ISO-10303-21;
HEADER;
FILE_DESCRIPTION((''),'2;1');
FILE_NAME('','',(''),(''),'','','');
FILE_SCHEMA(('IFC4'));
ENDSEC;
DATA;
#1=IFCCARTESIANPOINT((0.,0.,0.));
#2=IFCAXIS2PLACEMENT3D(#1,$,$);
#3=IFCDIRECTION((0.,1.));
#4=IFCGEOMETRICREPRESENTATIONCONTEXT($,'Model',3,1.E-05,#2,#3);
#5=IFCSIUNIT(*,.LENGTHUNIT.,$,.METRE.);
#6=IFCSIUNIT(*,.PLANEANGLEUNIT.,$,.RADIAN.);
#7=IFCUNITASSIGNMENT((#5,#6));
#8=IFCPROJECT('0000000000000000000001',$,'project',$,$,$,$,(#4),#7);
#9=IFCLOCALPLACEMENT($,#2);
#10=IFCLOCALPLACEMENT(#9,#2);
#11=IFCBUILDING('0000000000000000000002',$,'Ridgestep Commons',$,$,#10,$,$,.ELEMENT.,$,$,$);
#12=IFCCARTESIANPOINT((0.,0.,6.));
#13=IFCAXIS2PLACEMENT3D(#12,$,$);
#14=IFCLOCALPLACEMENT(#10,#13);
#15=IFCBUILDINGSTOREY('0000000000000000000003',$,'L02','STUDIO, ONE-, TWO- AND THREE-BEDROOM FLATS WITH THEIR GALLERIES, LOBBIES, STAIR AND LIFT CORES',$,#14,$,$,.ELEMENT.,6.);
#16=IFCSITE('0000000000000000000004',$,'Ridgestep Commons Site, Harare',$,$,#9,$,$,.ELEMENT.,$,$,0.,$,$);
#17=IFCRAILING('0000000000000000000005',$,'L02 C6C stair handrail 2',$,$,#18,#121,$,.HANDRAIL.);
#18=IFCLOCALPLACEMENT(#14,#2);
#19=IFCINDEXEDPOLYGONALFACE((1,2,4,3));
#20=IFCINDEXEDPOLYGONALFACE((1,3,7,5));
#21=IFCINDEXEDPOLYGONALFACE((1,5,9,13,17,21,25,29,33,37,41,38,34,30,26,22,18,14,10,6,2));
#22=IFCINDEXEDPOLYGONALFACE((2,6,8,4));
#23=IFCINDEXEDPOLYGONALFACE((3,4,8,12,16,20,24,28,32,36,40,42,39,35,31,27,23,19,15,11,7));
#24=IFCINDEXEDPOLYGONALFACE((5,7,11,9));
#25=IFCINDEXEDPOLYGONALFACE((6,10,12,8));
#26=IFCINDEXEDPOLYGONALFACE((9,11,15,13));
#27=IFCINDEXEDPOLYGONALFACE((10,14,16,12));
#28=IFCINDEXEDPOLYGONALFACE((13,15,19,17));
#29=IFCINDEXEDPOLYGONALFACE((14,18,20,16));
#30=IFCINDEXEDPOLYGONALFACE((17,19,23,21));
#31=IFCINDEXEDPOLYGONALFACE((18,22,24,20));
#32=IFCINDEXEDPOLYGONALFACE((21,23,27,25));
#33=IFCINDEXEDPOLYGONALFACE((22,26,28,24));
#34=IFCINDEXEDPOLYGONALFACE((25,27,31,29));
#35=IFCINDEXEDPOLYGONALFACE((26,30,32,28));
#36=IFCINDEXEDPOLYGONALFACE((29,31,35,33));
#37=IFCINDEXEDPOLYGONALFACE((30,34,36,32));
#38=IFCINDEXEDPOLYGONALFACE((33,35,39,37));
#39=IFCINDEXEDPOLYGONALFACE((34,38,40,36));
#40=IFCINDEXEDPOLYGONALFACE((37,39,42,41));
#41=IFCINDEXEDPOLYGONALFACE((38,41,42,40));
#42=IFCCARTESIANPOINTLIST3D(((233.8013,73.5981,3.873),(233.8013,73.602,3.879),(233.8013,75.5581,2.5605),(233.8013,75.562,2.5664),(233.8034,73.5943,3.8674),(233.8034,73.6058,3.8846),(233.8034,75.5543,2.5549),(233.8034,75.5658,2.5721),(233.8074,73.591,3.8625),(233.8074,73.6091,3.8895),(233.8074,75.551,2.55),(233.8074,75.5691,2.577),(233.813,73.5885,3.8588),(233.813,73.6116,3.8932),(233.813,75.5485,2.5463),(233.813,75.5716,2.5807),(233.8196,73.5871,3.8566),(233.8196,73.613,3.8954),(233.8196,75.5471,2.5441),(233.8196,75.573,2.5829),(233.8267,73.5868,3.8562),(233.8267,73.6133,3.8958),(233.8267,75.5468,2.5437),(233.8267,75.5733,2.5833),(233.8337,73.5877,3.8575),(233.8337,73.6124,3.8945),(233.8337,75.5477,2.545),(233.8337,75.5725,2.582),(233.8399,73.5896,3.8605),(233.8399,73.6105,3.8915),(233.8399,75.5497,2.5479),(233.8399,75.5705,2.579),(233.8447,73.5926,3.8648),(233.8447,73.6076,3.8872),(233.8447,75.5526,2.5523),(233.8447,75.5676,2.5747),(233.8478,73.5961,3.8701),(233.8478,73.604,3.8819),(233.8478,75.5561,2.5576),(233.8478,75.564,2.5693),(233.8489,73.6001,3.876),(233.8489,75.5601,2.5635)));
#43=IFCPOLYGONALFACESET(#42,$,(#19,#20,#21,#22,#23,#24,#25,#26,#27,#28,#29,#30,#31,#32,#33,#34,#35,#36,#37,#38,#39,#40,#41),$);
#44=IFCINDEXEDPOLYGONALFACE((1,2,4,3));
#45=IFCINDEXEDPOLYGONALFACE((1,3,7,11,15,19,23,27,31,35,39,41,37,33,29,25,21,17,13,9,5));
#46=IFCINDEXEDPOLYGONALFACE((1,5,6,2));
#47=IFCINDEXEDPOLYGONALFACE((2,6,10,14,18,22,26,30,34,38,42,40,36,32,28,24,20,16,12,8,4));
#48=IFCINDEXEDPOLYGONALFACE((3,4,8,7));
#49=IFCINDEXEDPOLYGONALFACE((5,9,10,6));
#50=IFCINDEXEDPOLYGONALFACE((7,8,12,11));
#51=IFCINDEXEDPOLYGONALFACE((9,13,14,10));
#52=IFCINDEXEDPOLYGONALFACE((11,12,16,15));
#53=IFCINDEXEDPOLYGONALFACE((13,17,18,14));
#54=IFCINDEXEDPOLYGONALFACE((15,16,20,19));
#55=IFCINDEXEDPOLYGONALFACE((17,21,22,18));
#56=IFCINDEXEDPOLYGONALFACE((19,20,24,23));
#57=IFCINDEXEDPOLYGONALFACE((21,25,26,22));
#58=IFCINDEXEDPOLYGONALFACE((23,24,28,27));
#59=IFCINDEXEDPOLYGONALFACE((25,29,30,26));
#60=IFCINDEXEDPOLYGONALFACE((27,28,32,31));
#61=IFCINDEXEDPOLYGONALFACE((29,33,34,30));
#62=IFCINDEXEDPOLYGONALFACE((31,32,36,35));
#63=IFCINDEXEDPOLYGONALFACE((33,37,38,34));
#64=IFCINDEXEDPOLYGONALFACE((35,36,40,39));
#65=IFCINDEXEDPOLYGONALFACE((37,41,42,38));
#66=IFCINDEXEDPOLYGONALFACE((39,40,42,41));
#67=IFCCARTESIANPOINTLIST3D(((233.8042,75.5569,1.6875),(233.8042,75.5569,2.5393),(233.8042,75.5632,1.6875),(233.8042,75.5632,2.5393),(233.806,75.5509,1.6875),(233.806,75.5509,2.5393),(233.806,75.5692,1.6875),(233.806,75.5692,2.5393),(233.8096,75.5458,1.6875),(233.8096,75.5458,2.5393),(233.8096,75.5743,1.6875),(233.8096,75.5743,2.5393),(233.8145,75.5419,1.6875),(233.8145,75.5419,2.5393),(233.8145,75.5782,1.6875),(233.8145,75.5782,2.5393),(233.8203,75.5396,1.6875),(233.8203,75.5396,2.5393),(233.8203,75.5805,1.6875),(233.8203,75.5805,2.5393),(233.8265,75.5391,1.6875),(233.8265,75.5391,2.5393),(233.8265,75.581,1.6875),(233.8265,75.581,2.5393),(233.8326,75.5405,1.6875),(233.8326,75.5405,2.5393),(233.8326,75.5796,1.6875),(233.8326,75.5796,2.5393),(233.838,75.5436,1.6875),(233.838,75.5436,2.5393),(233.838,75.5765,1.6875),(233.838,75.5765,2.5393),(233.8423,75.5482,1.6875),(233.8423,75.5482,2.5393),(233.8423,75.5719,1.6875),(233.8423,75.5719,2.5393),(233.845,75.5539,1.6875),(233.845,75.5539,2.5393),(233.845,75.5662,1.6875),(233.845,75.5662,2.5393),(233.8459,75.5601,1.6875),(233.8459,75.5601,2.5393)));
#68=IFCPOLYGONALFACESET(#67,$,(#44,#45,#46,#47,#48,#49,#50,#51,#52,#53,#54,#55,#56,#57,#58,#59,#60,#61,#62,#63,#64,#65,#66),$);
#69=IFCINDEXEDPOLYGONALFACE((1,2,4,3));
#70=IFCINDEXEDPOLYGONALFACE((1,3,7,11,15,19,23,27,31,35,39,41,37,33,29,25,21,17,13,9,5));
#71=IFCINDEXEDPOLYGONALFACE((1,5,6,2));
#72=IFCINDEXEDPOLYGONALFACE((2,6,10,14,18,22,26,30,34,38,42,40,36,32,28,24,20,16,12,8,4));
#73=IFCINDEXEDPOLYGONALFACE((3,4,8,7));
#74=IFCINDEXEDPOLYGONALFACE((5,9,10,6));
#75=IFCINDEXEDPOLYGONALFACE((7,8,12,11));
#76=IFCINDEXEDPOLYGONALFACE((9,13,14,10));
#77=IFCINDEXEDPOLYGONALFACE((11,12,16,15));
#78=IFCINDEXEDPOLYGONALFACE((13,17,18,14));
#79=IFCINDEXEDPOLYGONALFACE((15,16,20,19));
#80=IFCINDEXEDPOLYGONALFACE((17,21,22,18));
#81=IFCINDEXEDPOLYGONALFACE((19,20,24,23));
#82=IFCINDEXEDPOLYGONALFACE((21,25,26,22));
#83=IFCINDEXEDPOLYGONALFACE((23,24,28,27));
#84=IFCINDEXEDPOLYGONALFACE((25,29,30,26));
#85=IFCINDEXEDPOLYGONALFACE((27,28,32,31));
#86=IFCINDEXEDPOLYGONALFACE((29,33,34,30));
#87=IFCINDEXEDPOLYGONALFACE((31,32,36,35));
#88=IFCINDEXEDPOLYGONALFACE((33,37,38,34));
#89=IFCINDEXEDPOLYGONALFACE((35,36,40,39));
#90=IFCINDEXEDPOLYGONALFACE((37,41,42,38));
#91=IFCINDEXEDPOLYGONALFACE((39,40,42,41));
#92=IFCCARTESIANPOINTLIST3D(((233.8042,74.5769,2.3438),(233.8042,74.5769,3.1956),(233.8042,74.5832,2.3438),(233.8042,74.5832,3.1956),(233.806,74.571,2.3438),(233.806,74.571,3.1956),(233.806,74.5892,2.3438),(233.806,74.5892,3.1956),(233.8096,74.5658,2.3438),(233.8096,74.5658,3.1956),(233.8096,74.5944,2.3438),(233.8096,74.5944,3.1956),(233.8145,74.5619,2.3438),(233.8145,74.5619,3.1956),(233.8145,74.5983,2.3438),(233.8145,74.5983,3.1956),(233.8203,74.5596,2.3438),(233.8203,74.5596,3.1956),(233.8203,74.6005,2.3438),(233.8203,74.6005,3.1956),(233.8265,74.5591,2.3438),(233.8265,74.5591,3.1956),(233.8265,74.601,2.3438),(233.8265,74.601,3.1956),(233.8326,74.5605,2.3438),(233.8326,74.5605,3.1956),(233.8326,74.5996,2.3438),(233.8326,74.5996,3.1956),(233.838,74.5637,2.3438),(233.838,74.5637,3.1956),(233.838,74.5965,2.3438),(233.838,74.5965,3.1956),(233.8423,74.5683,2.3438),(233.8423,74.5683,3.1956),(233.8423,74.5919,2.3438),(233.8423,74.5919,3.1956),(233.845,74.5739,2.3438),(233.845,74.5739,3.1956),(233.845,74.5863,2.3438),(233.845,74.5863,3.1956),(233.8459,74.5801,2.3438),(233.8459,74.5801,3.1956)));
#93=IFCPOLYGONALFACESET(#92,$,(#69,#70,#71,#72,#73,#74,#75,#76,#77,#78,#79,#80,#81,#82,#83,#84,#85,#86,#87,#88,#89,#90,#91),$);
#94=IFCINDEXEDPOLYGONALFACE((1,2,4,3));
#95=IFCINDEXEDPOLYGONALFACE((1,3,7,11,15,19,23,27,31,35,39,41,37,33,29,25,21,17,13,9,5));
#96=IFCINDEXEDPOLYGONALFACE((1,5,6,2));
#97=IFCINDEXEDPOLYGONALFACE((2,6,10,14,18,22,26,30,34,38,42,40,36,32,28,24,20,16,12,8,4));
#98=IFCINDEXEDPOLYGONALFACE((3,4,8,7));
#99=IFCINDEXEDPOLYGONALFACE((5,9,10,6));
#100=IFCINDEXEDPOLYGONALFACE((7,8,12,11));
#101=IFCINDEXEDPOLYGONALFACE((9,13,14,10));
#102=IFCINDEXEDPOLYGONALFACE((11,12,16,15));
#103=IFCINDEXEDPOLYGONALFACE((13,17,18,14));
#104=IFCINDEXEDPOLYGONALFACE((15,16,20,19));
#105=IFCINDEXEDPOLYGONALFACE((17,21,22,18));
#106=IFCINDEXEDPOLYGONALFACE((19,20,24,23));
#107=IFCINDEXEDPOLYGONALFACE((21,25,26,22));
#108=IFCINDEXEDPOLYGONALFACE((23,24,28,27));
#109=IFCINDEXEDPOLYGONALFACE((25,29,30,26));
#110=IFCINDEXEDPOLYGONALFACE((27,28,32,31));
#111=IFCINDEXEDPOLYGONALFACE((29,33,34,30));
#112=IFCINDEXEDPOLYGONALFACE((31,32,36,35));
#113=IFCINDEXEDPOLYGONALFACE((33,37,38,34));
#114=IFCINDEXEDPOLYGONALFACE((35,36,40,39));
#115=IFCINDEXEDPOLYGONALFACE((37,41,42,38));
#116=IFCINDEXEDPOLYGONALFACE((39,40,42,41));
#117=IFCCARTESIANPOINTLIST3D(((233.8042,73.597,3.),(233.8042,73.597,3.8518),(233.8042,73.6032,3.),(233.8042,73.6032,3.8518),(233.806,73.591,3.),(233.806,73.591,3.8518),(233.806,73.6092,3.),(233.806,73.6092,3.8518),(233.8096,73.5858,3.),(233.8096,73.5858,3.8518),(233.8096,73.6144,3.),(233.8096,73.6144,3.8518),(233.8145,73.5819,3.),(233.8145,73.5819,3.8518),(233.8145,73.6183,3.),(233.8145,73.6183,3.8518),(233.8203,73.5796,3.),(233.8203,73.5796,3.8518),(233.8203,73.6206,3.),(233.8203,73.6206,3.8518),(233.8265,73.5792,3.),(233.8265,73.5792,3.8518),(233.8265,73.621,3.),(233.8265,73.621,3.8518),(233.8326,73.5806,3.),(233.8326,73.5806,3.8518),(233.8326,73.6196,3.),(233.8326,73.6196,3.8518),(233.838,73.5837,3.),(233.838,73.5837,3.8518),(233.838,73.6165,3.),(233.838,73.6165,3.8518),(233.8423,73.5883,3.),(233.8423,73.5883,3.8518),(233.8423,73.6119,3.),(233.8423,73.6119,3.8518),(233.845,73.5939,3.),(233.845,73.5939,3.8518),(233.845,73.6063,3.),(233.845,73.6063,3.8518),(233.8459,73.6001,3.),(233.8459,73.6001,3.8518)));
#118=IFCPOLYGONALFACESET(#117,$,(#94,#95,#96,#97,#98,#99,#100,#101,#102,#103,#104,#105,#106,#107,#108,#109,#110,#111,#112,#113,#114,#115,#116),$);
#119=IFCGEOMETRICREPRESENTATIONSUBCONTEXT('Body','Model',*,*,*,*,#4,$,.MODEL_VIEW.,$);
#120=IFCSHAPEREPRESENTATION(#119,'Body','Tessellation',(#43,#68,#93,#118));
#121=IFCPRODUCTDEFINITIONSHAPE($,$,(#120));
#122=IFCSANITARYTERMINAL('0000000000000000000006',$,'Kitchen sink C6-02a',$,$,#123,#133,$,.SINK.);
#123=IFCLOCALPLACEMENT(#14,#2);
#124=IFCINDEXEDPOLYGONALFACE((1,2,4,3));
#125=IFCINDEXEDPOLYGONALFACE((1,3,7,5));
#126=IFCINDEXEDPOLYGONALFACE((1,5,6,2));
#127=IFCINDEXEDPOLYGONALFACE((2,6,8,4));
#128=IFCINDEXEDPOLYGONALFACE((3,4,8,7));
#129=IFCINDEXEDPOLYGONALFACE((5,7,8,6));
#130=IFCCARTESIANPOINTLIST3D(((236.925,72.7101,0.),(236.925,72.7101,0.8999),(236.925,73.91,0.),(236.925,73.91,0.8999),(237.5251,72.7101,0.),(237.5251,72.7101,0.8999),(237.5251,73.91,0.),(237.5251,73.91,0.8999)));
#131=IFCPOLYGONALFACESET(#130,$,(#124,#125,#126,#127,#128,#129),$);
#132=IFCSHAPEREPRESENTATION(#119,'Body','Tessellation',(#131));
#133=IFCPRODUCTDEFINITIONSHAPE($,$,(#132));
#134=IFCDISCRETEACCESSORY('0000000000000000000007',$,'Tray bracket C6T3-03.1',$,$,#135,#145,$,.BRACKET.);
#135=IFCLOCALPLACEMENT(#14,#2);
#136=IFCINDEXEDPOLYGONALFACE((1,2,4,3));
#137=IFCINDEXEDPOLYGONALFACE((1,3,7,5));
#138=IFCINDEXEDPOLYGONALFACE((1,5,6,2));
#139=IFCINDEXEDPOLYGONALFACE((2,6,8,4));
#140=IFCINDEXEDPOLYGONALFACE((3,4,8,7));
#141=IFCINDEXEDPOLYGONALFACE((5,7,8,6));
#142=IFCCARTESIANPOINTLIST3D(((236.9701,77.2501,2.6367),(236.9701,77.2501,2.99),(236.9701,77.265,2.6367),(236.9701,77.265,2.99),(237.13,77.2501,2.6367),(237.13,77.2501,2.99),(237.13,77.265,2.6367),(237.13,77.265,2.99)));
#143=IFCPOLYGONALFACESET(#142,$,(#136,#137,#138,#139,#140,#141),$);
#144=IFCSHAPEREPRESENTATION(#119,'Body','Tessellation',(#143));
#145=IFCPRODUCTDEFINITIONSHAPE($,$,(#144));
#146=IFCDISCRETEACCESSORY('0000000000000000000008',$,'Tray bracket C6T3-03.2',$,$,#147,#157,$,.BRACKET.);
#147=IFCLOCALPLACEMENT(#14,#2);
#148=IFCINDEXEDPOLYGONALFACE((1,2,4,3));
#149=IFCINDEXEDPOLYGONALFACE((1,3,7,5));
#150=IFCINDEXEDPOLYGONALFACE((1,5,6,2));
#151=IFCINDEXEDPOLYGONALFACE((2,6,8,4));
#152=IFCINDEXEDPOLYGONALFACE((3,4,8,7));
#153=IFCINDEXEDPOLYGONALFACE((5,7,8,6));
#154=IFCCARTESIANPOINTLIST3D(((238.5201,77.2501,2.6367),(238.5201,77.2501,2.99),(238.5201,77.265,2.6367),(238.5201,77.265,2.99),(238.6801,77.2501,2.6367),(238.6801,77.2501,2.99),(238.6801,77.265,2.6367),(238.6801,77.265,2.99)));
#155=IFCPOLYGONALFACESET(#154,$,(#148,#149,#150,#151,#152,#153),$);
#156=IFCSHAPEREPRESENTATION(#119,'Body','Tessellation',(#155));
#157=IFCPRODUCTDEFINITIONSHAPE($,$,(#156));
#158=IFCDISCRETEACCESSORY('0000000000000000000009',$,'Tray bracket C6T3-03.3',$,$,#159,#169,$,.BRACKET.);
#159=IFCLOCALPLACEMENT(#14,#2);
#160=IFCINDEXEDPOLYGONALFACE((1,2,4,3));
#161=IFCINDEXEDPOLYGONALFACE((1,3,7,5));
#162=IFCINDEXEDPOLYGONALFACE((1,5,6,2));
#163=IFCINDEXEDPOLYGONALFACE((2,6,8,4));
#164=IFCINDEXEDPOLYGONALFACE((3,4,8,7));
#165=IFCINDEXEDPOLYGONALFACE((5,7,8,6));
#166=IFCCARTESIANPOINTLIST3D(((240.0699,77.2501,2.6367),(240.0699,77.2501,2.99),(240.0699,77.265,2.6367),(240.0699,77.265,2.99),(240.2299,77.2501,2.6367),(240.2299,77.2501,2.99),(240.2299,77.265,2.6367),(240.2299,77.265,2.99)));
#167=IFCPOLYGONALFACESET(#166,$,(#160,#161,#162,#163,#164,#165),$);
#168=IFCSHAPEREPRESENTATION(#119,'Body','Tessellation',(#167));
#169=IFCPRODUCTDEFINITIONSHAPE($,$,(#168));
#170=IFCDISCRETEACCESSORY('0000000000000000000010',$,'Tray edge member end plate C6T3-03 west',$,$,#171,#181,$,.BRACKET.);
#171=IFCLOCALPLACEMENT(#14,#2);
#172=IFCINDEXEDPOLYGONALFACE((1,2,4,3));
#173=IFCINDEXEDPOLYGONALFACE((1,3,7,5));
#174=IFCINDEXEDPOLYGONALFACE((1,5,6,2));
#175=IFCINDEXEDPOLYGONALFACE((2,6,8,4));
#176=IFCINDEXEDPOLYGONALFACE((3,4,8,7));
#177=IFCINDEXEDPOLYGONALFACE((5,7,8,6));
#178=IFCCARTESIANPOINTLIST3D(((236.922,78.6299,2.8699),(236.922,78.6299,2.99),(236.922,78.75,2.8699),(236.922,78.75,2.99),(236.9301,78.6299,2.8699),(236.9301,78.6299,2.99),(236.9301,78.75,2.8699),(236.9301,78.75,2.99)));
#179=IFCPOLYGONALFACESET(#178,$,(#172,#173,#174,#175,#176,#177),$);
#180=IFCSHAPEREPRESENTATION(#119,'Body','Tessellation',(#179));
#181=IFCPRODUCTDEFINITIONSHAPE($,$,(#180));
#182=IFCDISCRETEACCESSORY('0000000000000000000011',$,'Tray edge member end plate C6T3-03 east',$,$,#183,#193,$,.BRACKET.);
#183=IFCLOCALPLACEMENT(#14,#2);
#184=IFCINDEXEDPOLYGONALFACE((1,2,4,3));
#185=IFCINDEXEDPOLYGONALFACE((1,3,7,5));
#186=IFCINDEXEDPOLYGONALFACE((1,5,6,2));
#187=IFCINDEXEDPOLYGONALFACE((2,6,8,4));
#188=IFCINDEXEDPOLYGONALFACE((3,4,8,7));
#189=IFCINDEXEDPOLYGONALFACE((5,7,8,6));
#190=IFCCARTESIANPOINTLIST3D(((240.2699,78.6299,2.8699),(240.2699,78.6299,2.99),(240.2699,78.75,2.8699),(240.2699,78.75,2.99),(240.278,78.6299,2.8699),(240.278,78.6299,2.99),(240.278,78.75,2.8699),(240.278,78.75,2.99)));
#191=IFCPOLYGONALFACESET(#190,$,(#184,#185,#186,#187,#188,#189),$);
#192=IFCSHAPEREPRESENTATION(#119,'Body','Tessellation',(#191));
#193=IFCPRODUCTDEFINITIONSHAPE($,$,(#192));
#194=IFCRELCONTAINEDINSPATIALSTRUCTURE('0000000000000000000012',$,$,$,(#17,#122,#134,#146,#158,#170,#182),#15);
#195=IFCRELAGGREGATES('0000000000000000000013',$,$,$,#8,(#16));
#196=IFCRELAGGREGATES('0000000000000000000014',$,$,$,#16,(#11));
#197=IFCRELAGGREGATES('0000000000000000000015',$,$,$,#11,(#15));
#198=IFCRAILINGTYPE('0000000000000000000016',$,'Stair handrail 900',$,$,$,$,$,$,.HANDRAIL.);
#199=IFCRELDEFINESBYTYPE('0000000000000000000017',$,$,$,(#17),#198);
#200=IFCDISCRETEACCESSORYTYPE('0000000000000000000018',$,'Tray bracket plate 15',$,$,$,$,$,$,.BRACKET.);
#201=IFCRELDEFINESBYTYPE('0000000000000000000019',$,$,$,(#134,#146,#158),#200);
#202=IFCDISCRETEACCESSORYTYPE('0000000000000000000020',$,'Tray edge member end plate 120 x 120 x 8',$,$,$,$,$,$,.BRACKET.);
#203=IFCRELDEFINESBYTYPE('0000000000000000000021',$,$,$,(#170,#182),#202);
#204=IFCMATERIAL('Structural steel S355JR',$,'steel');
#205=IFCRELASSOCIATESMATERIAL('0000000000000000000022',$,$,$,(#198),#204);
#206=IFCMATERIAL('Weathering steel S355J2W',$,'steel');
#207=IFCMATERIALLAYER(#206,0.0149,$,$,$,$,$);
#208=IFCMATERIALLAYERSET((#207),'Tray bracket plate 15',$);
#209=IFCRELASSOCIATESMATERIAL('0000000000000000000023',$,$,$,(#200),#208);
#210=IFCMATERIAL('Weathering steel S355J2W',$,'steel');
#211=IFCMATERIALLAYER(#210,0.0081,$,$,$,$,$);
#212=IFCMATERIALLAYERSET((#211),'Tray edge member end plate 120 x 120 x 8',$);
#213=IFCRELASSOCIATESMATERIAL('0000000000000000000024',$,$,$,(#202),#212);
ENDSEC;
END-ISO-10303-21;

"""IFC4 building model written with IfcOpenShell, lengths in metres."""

from ifc_helpers import new_model, si_unit, direction, frame, origin, origin_2d, place, context, subcontext, project, spatial, rectangle, circle, extrude, material, layer, layer_set, type_object, element, save


model = new_model("IFC4")

# Units and contexts
model_context = context("Model", 3, precision=1e-05, world=origin(), true_north=direction((0.0, 1.0)))
body_context = subcontext(model_context, "Body", "Model", "MODEL_VIEW")
ifc_project = project(units=[si_unit("LENGTHUNIT", "METRE"), si_unit("PLANEANGLEUNIT", "RADIAN")], contexts=[model_context])

# Site, building, storey
site_placement = place(None, origin())
site = spatial("IfcSite", under=ifc_project, at=site_placement, Name="Ridgestep Commons Site, Harare", CompositionType="ELEMENT", RefElevation=0.0)
building_placement = place(site_placement, origin())
building = spatial("IfcBuilding", under=site, at=building_placement, Name="Ridgestep Commons", CompositionType="ELEMENT")
storey_placement = place(building_placement, frame((0.0, 0.0, 6.0)))
storey = spatial("IfcBuildingStorey", under=building, at=storey_placement, Name="L02", Description="STUDIO, ONE-, TWO- AND THREE-BEDROOM FLATS WITH THEIR GALLERIES, LOBBIES, STAIR AND LIFT CORES", CompositionType="ELEMENT", Elevation=6.0)

# Railing
ifc_material_1 = material(Name="Structural steel S355JR", Category="steel")
railing_type_1 = type_object("IfcRailingType", Name="Stair handrail 900", PredefinedType="HANDRAIL", material=ifc_material_1)
railing_1_placement = place(storey_placement, frame((233.825, 75.5601, 1.6875)))
element("IfcRailing", 1, at=railing_1_placement, inside=storey, type_object=railing_type_1, Name="L02 C6C stair handrail 2", PredefinedType="HANDRAIL", context=body_context, shape_type="SweptSolid", body=[
    extrude(circle(Radius=0.0239, at=origin_2d()), frame((0.0, 0.0, 0.876), z_axis=(0.0, -0.830902, 0.556419), x_axis=(1.0, 0.0, 0.0)), (0.0, 0.0, 1.0), 2.3589),
    extrude(circle(Radius=0.021, at=origin_2d()), origin(), (0.0, 0.0, 1.0), 0.8518),
    extrude(circle(Radius=0.021, at=origin_2d()), frame((0.0, -0.98, 0.6562)), (0.0, 0.0, 1.0), 0.8518),
    extrude(circle(Radius=0.021, at=origin_2d()), frame((0.0, -1.96, 1.3125)), (0.0, 0.0, 1.0), 0.8518),
])

# Sanitary terminal
sanitary_terminal_placement = place(storey_placement, frame((237.2251, 73.3101, 0.0), z_axis=(0.0, 0.0, 1.0), x_axis=(1.0, 0.0, 0.0)))
element("IfcSanitaryTerminal", 2, at=sanitary_terminal_placement, inside=storey, Name="Kitchen sink C6-02a", PredefinedType="SINK", context=body_context, shape_type="SweptSolid", body=[
    extrude(rectangle(XDim=0.6001, YDim=1.2, at=origin_2d()), origin(), (0.0, 0.0, 1.0), 0.8999),
])

# Discrete accessories
ifc_material_2 = material(Name="Weathering steel S355J2W", Category="steel")
ifc_layer_1 = layer(ifc_material_2, 0.0149)
ifc_layer_set_1 = layer_set([ifc_layer_1], Name="Tray bracket plate 15")
discrete_accessory_type_1 = type_object("IfcDiscreteAccessoryType", Name="Tray bracket plate 15", PredefinedType="BRACKET", material=ifc_layer_set_1)
for number, where, z_axis, x_axis, name in (
    (3, (237.05, 77.2576, 2.6367), (0.0, 0.0, 1.0), (1.0, 0.0, 0.0), "Tray bracket C6T3-03.1"),
    (4, (238.6001, 77.2576, 2.6367), (0.0, 0.0, 1.0), (1.0, 0.0, 0.0), "Tray bracket C6T3-03.2"),
    (5, (240.1499, 77.2576, 2.6367), (0.0, 0.0, 1.0), (1.0, 0.0, 0.0), "Tray bracket C6T3-03.3"),
):
    element("IfcDiscreteAccessory", number, at=place(storey_placement, frame(where, z_axis=z_axis, x_axis=x_axis)), inside=storey, type_object=discrete_accessory_type_1, Name=name, PredefinedType="BRACKET", context=body_context, shape_type="SweptSolid", body=[
        extrude(rectangle(XDim=0.1599, YDim=0.0149, at=origin_2d()), origin(), (0.0, 0.0, 1.0), 0.3533),
    ])
ifc_material_3 = material(Name="Weathering steel S355J2W", Category="steel")
ifc_layer_2 = layer(ifc_material_3, 0.0081)
ifc_layer_set_2 = layer_set([ifc_layer_2], Name="Tray edge member end plate 120 x 120 x 8")
discrete_accessory_type_2 = type_object("IfcDiscreteAccessoryType", Name="Tray edge member end plate 120 x 120 x 8", PredefinedType="BRACKET", material=ifc_layer_set_2)
for number, where, z_axis, x_axis, name in (
    (6, (236.926, 78.6899, 2.8699), (0.0, 0.0, 1.0), (1.0, 0.0, 0.0), "Tray edge member end plate C6T3-03 west"),
    (7, (240.2739, 78.6899, 2.8699), (0.0, 0.0, 1.0), (1.0, 0.0, 0.0), "Tray edge member end plate C6T3-03 east"),
):
    element("IfcDiscreteAccessory", number, at=place(storey_placement, frame(where, z_axis=z_axis, x_axis=x_axis)), inside=storey, type_object=discrete_accessory_type_2, Name=name, PredefinedType="BRACKET", context=body_context, shape_type="SweptSolid", body=[
        extrude(rectangle(XDim=0.0081, YDim=0.1201, at=origin_2d()), origin(), (0.0, 0.0, 1.0), 0.1201),
    ])

save(model, "model.ifc")
